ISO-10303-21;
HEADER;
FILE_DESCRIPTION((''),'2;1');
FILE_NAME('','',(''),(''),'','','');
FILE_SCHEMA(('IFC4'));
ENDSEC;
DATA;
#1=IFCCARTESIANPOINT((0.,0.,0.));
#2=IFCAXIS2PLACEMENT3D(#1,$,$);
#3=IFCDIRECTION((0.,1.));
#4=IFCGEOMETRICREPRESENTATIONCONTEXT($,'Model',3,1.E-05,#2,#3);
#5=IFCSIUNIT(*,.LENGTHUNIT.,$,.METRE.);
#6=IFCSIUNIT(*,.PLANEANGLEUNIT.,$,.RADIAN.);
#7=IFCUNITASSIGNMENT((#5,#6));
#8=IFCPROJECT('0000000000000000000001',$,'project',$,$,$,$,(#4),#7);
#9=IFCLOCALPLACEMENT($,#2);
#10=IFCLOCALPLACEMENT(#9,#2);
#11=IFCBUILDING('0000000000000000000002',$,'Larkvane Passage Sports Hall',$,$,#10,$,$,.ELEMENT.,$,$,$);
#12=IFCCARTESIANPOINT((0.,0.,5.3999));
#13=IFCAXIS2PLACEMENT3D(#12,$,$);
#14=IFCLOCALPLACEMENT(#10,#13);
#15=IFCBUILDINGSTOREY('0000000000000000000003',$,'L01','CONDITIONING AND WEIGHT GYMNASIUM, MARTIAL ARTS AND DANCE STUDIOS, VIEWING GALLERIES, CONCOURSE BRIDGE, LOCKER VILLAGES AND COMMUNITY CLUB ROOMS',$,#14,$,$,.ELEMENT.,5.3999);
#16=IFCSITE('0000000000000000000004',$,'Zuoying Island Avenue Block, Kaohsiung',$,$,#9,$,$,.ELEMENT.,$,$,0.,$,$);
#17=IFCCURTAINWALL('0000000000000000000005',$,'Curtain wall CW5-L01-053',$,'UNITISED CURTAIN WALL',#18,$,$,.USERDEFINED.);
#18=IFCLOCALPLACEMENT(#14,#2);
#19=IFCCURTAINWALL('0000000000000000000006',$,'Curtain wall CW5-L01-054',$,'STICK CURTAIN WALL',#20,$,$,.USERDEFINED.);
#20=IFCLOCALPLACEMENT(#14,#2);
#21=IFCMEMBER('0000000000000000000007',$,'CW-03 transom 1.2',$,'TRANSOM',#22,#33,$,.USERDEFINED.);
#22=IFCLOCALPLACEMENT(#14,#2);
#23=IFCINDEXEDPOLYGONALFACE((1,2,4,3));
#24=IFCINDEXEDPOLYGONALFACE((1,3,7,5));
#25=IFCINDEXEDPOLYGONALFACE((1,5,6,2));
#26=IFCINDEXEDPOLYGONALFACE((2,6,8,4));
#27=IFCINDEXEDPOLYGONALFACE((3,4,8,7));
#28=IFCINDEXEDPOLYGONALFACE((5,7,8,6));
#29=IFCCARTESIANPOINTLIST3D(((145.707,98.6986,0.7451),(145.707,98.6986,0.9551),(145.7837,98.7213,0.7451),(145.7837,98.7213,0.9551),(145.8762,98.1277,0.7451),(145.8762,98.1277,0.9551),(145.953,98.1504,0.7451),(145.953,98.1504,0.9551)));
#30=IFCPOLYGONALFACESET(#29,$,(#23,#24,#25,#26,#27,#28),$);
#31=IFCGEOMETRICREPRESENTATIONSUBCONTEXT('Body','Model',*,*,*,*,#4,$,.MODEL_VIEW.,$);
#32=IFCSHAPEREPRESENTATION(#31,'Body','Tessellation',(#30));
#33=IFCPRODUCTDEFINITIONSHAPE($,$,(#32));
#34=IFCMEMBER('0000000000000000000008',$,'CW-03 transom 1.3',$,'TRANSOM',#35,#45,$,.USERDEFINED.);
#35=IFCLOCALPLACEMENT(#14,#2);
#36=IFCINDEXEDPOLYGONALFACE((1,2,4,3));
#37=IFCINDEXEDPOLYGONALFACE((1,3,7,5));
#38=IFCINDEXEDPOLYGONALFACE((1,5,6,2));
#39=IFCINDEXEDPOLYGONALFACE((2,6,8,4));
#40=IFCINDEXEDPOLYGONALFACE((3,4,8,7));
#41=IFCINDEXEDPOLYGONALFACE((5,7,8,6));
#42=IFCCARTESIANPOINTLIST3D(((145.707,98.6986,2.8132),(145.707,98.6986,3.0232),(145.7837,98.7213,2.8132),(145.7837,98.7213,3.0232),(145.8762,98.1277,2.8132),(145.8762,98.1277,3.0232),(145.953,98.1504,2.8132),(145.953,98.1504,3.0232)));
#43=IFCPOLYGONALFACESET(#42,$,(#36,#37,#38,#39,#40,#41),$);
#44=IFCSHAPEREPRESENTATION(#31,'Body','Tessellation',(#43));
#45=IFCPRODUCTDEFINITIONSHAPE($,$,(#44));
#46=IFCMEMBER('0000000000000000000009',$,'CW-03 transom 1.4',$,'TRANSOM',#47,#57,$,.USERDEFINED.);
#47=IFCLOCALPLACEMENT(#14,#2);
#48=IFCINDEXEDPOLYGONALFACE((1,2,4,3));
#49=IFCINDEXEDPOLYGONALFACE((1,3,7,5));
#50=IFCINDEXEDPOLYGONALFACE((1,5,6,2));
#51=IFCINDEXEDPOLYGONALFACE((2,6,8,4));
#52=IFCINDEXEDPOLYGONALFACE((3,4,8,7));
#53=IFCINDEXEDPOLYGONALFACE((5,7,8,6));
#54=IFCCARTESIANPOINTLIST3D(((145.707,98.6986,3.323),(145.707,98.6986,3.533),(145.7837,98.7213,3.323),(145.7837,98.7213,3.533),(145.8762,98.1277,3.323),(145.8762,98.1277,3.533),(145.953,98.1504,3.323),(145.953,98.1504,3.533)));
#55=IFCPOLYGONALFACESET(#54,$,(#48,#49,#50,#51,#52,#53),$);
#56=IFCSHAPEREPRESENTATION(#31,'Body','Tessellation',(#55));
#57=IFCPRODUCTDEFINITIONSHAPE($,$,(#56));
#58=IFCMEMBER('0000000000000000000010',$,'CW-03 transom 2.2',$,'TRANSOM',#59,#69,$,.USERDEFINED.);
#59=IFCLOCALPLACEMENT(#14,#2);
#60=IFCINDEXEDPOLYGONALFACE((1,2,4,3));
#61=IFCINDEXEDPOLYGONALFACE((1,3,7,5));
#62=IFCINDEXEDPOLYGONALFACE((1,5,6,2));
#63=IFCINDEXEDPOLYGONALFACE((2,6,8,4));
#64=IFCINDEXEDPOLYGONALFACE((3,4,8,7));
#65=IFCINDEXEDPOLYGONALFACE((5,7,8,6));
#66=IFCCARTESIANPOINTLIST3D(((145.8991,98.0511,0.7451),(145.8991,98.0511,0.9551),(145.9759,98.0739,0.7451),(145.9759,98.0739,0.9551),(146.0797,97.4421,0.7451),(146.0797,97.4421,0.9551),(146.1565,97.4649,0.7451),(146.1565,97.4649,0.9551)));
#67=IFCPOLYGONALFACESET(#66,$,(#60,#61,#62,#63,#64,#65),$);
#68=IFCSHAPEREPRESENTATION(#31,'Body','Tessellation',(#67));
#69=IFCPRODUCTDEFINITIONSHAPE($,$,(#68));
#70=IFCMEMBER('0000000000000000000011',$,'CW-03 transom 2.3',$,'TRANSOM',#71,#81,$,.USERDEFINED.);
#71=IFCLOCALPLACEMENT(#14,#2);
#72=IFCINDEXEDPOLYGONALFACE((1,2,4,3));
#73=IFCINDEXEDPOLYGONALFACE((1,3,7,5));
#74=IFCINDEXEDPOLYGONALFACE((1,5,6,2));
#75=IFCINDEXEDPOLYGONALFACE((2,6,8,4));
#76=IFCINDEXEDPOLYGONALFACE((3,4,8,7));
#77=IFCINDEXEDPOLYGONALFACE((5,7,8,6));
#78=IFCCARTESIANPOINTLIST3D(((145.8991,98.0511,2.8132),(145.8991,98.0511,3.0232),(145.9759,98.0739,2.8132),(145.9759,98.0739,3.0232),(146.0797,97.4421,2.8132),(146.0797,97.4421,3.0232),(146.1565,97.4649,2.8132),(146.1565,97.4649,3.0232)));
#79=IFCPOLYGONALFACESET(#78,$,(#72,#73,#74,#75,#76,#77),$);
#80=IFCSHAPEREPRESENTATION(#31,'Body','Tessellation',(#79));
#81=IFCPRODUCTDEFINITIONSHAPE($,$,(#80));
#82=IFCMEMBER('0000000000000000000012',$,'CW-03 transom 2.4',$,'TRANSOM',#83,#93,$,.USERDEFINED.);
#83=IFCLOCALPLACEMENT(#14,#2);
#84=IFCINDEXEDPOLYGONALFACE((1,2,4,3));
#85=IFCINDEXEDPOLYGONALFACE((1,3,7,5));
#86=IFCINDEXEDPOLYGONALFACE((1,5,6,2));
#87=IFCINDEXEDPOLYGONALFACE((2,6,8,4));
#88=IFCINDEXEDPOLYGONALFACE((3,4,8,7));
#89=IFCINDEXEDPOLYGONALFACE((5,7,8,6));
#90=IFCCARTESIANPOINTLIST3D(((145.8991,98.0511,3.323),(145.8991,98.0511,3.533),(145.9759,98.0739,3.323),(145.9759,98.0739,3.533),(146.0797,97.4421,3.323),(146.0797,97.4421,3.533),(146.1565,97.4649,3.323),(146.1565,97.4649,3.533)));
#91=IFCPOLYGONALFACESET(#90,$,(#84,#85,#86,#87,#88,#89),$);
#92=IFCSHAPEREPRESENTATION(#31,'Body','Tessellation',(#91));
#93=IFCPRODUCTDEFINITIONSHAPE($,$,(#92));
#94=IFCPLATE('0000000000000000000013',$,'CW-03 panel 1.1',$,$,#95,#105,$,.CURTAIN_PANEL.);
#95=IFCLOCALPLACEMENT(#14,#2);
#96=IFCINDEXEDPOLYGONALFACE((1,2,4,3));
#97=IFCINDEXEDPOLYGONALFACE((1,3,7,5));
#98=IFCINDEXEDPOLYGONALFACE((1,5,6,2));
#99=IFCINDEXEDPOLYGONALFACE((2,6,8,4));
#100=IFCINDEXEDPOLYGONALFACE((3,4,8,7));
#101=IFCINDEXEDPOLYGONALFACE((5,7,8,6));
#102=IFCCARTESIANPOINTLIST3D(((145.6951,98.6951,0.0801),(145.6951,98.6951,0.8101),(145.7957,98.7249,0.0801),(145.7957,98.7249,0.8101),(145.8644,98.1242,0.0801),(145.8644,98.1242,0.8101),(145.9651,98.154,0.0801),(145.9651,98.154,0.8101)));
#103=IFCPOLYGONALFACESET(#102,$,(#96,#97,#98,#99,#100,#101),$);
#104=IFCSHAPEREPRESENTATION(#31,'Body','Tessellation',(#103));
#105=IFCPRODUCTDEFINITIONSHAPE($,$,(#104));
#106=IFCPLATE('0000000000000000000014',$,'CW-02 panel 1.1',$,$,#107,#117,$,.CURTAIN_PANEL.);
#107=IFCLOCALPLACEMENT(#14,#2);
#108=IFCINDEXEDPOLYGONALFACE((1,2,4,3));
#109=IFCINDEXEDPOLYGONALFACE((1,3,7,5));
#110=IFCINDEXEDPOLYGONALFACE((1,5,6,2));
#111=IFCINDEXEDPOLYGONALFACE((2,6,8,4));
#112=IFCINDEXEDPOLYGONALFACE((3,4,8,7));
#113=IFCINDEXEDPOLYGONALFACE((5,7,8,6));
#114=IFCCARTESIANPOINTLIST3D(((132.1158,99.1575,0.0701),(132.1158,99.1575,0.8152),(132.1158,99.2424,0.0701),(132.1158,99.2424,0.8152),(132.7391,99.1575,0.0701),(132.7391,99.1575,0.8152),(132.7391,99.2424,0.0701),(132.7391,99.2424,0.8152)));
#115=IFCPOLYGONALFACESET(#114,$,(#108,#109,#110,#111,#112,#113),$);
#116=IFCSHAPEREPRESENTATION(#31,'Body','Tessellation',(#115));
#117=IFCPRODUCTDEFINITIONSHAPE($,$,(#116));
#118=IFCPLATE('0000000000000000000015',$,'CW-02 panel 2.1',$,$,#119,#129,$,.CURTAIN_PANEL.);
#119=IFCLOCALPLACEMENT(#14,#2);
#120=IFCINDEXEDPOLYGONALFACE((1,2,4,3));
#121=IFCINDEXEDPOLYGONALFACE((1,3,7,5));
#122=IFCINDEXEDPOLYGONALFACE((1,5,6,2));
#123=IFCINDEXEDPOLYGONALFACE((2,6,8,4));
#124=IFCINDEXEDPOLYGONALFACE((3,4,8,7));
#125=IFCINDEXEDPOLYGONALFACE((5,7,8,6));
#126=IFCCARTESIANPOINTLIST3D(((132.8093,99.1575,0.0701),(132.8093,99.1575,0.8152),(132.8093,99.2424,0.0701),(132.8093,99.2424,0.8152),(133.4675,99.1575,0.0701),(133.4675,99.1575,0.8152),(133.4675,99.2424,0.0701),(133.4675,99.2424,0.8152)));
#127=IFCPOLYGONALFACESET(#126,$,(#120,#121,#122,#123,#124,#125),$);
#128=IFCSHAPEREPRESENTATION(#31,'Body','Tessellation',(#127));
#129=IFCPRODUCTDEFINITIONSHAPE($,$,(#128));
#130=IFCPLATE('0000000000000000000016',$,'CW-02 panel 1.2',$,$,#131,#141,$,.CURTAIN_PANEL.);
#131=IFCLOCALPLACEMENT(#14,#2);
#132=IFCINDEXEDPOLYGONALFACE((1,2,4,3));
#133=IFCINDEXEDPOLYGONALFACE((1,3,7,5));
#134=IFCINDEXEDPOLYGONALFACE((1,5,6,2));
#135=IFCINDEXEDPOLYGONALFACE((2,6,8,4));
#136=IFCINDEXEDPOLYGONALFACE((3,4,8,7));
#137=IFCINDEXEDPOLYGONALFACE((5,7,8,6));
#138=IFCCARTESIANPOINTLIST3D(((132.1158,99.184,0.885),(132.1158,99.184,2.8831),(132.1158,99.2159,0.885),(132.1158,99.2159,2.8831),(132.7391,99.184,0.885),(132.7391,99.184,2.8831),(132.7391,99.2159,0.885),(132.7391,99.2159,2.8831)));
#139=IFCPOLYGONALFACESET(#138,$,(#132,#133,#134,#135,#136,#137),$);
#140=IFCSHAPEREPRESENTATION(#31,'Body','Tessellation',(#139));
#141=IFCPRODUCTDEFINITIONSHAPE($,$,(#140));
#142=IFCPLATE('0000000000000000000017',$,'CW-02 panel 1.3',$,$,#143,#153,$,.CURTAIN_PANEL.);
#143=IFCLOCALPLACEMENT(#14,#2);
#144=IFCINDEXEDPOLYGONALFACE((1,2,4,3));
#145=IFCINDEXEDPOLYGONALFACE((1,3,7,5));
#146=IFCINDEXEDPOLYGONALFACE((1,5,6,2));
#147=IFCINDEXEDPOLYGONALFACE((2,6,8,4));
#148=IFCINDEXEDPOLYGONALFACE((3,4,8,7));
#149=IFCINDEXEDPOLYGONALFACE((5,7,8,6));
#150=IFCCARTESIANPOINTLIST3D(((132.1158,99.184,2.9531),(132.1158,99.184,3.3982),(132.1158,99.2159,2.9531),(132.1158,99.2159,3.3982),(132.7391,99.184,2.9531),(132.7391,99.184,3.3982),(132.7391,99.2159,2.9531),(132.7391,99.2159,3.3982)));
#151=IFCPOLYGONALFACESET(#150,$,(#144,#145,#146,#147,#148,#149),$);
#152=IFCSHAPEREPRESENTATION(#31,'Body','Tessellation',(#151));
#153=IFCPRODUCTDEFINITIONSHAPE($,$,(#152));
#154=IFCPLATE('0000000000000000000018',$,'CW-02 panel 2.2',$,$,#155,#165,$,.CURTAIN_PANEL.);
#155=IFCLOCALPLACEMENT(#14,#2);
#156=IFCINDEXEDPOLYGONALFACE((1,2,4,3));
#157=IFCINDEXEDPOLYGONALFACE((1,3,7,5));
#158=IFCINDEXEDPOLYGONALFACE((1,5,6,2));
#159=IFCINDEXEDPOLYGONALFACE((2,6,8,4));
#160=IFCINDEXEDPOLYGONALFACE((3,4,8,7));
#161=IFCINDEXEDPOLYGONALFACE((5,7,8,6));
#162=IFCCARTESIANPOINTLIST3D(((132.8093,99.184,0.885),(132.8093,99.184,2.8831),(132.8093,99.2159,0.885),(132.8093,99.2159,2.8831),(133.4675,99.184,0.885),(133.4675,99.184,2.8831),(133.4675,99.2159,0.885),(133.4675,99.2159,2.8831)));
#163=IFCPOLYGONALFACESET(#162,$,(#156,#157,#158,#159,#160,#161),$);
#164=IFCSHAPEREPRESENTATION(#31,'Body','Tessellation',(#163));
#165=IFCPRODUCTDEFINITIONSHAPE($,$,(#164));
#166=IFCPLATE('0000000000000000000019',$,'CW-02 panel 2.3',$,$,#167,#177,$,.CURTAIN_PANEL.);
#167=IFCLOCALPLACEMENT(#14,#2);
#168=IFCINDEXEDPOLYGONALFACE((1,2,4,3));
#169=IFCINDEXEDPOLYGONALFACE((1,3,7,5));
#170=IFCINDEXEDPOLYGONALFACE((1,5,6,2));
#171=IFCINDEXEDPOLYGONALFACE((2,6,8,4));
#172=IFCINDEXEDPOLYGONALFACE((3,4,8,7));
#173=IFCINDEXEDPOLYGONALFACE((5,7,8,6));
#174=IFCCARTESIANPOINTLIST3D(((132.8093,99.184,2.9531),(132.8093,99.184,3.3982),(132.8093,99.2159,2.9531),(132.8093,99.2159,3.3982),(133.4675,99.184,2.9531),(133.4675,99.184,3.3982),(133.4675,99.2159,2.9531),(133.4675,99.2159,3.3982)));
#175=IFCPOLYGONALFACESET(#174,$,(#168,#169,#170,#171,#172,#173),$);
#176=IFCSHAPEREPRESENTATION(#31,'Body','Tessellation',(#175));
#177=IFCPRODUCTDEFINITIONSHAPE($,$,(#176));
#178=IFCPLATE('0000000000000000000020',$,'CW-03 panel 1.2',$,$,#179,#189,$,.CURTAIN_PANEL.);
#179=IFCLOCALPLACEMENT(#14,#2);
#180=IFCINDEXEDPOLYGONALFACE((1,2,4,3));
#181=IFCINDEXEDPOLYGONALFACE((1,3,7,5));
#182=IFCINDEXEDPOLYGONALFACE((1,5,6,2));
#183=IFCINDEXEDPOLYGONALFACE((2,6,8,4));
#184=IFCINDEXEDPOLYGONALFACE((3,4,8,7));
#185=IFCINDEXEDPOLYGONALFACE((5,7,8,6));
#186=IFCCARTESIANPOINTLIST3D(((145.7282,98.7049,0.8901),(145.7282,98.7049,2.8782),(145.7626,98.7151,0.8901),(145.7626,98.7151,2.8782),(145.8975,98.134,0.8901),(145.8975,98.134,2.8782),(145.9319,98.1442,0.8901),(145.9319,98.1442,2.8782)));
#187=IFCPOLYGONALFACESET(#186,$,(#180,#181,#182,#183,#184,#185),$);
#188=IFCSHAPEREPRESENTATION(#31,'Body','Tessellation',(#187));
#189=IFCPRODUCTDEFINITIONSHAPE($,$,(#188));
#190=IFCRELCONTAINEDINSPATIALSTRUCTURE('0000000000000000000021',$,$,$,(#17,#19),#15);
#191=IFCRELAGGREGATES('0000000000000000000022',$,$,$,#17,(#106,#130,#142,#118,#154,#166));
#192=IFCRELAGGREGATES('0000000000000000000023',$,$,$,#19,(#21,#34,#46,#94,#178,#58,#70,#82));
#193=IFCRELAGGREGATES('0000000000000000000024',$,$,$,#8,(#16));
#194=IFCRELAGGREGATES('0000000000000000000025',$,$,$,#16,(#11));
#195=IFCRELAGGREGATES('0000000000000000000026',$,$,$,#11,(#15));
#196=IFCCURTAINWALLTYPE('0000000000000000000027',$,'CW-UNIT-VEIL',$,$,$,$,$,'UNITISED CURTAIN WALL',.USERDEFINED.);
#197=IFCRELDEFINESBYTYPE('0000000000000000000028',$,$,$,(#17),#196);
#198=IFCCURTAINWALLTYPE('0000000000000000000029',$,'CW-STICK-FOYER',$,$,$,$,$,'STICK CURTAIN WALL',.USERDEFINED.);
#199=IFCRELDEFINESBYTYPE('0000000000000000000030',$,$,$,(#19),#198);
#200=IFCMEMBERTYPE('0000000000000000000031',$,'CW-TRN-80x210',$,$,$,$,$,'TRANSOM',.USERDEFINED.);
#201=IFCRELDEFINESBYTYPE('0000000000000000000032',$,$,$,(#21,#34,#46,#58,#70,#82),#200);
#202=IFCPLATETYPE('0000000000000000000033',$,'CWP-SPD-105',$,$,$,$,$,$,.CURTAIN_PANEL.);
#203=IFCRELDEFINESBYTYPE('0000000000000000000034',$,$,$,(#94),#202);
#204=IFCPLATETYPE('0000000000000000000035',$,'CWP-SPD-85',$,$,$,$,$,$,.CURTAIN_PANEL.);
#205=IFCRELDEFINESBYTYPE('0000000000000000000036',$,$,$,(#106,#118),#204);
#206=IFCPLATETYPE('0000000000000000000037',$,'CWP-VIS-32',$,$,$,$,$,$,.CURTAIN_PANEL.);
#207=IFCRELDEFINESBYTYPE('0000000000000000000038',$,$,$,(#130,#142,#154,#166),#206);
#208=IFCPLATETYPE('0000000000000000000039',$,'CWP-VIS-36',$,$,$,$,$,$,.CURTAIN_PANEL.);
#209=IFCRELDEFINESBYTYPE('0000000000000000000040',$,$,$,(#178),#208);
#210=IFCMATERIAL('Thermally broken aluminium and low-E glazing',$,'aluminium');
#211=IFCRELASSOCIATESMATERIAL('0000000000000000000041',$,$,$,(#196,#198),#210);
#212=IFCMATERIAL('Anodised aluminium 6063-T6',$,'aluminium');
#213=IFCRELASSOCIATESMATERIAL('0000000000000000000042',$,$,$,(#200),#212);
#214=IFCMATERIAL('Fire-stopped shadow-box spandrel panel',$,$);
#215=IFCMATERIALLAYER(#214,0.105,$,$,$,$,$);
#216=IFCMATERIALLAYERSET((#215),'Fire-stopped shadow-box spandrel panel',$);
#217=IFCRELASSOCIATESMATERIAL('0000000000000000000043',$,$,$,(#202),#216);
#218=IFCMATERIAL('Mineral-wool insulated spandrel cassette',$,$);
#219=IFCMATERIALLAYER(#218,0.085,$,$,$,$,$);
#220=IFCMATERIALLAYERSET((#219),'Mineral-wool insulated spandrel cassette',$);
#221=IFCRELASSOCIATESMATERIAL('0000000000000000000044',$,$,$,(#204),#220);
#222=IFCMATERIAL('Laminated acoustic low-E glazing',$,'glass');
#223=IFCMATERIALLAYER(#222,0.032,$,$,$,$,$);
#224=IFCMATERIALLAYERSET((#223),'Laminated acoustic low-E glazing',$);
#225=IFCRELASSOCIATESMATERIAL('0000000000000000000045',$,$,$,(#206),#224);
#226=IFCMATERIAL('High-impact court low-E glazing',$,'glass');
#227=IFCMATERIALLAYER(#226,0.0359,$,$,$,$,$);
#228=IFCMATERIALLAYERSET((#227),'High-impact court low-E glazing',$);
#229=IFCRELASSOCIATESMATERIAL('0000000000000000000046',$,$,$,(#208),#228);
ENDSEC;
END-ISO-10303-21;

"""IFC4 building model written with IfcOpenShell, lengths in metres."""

from ifc_helpers import new_model, si_unit, direction, frame, origin, origin_2d, place, context, subcontext, project, spatial, rectangle, extrude, material, layer, layer_set, material_profile, profile_set, type_object, element, aggregate, save


model = new_model("IFC4")

# Units and contexts
model_context = context("Model", 3, precision=1e-05, world=origin(), true_north=direction((0.0, 1.0)))
body_context = subcontext(model_context, "Body", "Model", "MODEL_VIEW")
ifc_project = project(units=[si_unit("LENGTHUNIT", "METRE"), si_unit("PLANEANGLEUNIT", "RADIAN")], contexts=[model_context])

# Site, building, storey
site_placement = place(None, origin())
site = spatial("IfcSite", under=ifc_project, at=site_placement, Name="Zuoying Island Avenue Block, Kaohsiung", CompositionType="ELEMENT", RefElevation=0.0)
building_placement = place(site_placement, origin())
building = spatial("IfcBuilding", under=site, at=building_placement, Name="Larkvane Passage Sports Hall", CompositionType="ELEMENT")
storey_placement = place(building_placement, frame((0.0, 0.0, 5.3999)))
storey = spatial("IfcBuildingStorey", under=building, at=storey_placement, Name="L01", Description="CONDITIONING AND WEIGHT GYMNASIUM, MARTIAL ARTS AND DANCE STUDIOS, VIEWING GALLERIES, CONCOURSE BRIDGE, LOCKER VILLAGES AND COMMUNITY CLUB ROOMS", CompositionType="ELEMENT", Elevation=5.3999)

# Curtain walls
ifc_material_1 = material(Name="Thermally broken aluminium and low-E glazing", Category="aluminium")
curtain_wall_type_1 = type_object("IfcCurtainWallType", Name="CW-UNIT-VEIL", ElementType="UNITISED CURTAIN WALL", PredefinedType="USERDEFINED", material=ifc_material_1)
curtain_wall_1_placement = place(storey_placement, origin())
curtain_wall_1 = element("IfcCurtainWall", 1, at=curtain_wall_1_placement, inside=storey, type_object=curtain_wall_type_1, Name="Curtain wall CW5-L01-053", ObjectType="UNITISED CURTAIN WALL", PredefinedType="USERDEFINED")
ifc_material_2 = material(Name="Anodised aluminium 6063-T6", Category="aluminium")
curtain_wall_type_2 = type_object("IfcCurtainWallType", Name="CW-STICK-FOYER", ElementType="STICK CURTAIN WALL", PredefinedType="USERDEFINED", material=ifc_material_1)
curtain_wall_2_placement = place(storey_placement, origin())
curtain_wall_2 = element("IfcCurtainWall", 2, at=curtain_wall_2_placement, inside=storey, type_object=curtain_wall_type_2, Name="Curtain wall CW5-L01-054", ObjectType="STICK CURTAIN WALL", PredefinedType="USERDEFINED")

# Members
ifc_material_profile_1 = material_profile(ifc_material_2, rectangle(XDim=0.0801, YDim=0.21, at=origin_2d()), Name="ALU-TRN-80x210")
ifc_profile_set_1 = profile_set([ifc_material_profile_1], Name="Anodised aluminium 6063-T6")
member_type_1 = type_object("IfcMemberType", Name="CW-TRN-80x210", ElementType="TRANSOM", PredefinedType="USERDEFINED", material=ifc_profile_set_1)
member_1_placement = place(storey_placement, frame((145.7454, 98.71, 0.8501), z_axis=(0.284186, -0.958769, 0.0), x_axis=(0.958769, 0.284186, 0.0)))
member_1 = element("IfcMember", 3, at=member_1_placement, type_object=member_type_1, Name="CW-03 transom 1.2", ObjectType="TRANSOM", PredefinedType="USERDEFINED", context=body_context, shape_type="SweptSolid", body=[
    extrude(rectangle(XDim=0.0801, YDim=0.21, at=origin_2d()), origin(), (0.0, 0.0, 1.0), 0.5955),
])
member_2_placement = place(storey_placement, frame((145.7454, 98.71, 2.9182), z_axis=(0.284186, -0.958769, 0.0), x_axis=(0.958769, 0.284186, 0.0)))
member_2 = element("IfcMember", 4, at=member_2_placement, type_object=member_type_1, Name="CW-03 transom 1.3", ObjectType="TRANSOM", PredefinedType="USERDEFINED", context=body_context, shape_type="SweptSolid", body=[
    extrude(rectangle(XDim=0.0801, YDim=0.21, at=origin_2d()), origin(), (0.0, 0.0, 1.0), 0.5955),
])
member_3_placement = place(storey_placement, frame((145.7454, 98.71, 3.428), z_axis=(0.284186, -0.958769, 0.0), x_axis=(0.958769, 0.284186, 0.0)))
member_3 = element("IfcMember", 5, at=member_3_placement, type_object=member_type_1, Name="CW-03 transom 1.4", ObjectType="TRANSOM", PredefinedType="USERDEFINED", context=body_context, shape_type="SweptSolid", body=[
    extrude(rectangle(XDim=0.0801, YDim=0.21, at=origin_2d()), origin(), (0.0, 0.0, 1.0), 0.5955),
])
member_4_placement = place(storey_placement, frame((145.9375, 98.0625, 0.8501), z_axis=(0.28435, -0.958721, 0.0), x_axis=(0.958721, 0.28435, 0.0)))
member_4 = element("IfcMember", 6, at=member_4_placement, type_object=member_type_1, Name="CW-03 transom 2.2", ObjectType="TRANSOM", PredefinedType="USERDEFINED", context=body_context, shape_type="SweptSolid", body=[
    extrude(rectangle(XDim=0.0801, YDim=0.21, at=origin_2d()), origin(), (0.0, 0.0, 1.0), 0.6353),
])
member_5_placement = place(storey_placement, frame((145.9375, 98.0625, 2.9182), z_axis=(0.28435, -0.958721, 0.0), x_axis=(0.958721, 0.28435, 0.0)))
member_5 = element("IfcMember", 7, at=member_5_placement, type_object=member_type_1, Name="CW-03 transom 2.3", ObjectType="TRANSOM", PredefinedType="USERDEFINED", context=body_context, shape_type="SweptSolid", body=[
    extrude(rectangle(XDim=0.0801, YDim=0.21, at=origin_2d()), origin(), (0.0, 0.0, 1.0), 0.6353),
])
member_6_placement = place(storey_placement, frame((145.9375, 98.0625, 3.428), z_axis=(0.28435, -0.958721, 0.0), x_axis=(0.958721, 0.28435, 0.0)))
member_6 = element("IfcMember", 8, at=member_6_placement, type_object=member_type_1, Name="CW-03 transom 2.4", ObjectType="TRANSOM", PredefinedType="USERDEFINED", context=body_context, shape_type="SweptSolid", body=[
    extrude(rectangle(XDim=0.0801, YDim=0.21, at=origin_2d()), origin(), (0.0, 0.0, 1.0), 0.6353),
])

# Plates
ifc_material_3 = material(Name="Fire-stopped shadow-box spandrel panel")
ifc_layer_1 = layer(ifc_material_3, 0.105)
ifc_layer_set_1 = layer_set([ifc_layer_1], Name="Fire-stopped shadow-box spandrel panel")
plate_type_1 = type_object("IfcPlateType", Name="CWP-SPD-105", PredefinedType="CURTAIN_PANEL", material=ifc_layer_set_1)
plate_1_placement = place(storey_placement, frame((145.8301, 98.4246, 0.0801), z_axis=(0.0, 0.0, 1.0), x_axis=(0.284363, -0.958717, 0.0)))
plate_1 = element("IfcPlate", 9, at=plate_1_placement, type_object=plate_type_1, Name="CW-03 panel 1.1", PredefinedType="CURTAIN_PANEL", context=body_context, shape_type="SweptSolid", body=[
    extrude(rectangle(XDim=0.5955, YDim=0.105, at=origin_2d()), origin(), (0.0, 0.0, 1.0), 0.73),
])
ifc_material_4 = material(Name="Mineral-wool insulated spandrel cassette")
ifc_layer_2 = layer(ifc_material_4, 0.085)
ifc_layer_set_2 = layer_set([ifc_layer_2], Name="Mineral-wool insulated spandrel cassette")
plate_type_2 = type_object("IfcPlateType", Name="CWP-SPD-85", PredefinedType="CURTAIN_PANEL", material=ifc_layer_set_2)
plate_2_placement = place(storey_placement, frame((132.4275, 99.2, 0.0701), z_axis=(0.0, 0.0, 1.0), x_axis=(1.0, 0.0, 0.0)))
plate_2 = element("IfcPlate", 10, at=plate_2_placement, type_object=plate_type_2, Name="CW-02 panel 1.1", PredefinedType="CURTAIN_PANEL", context=body_context, shape_type="SweptSolid", body=[
    extrude(rectangle(XDim=0.6233, YDim=0.085, at=origin_2d()), origin(), (0.0, 0.0, 1.0), 0.7451),
])
plate_3_placement = place(storey_placement, frame((133.1384, 99.2, 0.0701), z_axis=(0.0, 0.0, 1.0), x_axis=(1.0, 0.0, 0.0)))
plate_3 = element("IfcPlate", 11, at=plate_3_placement, type_object=plate_type_2, Name="CW-02 panel 2.1", PredefinedType="CURTAIN_PANEL", context=body_context, shape_type="SweptSolid", body=[
    extrude(rectangle(XDim=0.6582, YDim=0.085, at=origin_2d()), origin(), (0.0, 0.0, 1.0), 0.7451),
])
ifc_material_5 = material(Name="Laminated acoustic low-E glazing", Category="glass")
ifc_layer_3 = layer(ifc_material_5, 0.032)
ifc_layer_set_3 = layer_set([ifc_layer_3], Name="Laminated acoustic low-E glazing")
plate_type_3 = type_object("IfcPlateType", Name="CWP-VIS-32", PredefinedType="CURTAIN_PANEL", material=ifc_layer_set_3)
plate_4_placement = place(storey_placement, frame((132.4275, 99.2, 0.885), z_axis=(0.0, 0.0, 1.0), x_axis=(1.0, 0.0, 0.0)))
plate_4 = element("IfcPlate", 12, at=plate_4_placement, type_object=plate_type_3, Name="CW-02 panel 1.2", PredefinedType="CURTAIN_PANEL", context=body_context, shape_type="SweptSolid", body=[
    extrude(rectangle(XDim=0.6233, YDim=0.032, at=origin_2d()), origin(), (0.0, 0.0, 1.0), 1.998),
])
plate_5_placement = place(storey_placement, frame((132.4275, 99.2, 2.9531), z_axis=(0.0, 0.0, 1.0), x_axis=(1.0, 0.0, 0.0)))
plate_5 = element("IfcPlate", 13, at=plate_5_placement, type_object=plate_type_3, Name="CW-02 panel 1.3", PredefinedType="CURTAIN_PANEL", context=body_context, shape_type="SweptSolid", body=[
    extrude(rectangle(XDim=0.6233, YDim=0.032, at=origin_2d()), origin(), (0.0, 0.0, 1.0), 0.4451),
])
plate_6_placement = place(storey_placement, frame((133.1384, 99.2, 0.885), z_axis=(0.0, 0.0, 1.0), x_axis=(1.0, 0.0, 0.0)))
plate_6 = element("IfcPlate", 14, at=plate_6_placement, type_object=plate_type_3, Name="CW-02 panel 2.2", PredefinedType="CURTAIN_PANEL", context=body_context, shape_type="SweptSolid", body=[
    extrude(rectangle(XDim=0.6582, YDim=0.032, at=origin_2d()), origin(), (0.0, 0.0, 1.0), 1.998),
])
plate_7_placement = place(storey_placement, frame((133.1384, 99.2, 2.9531), z_axis=(0.0, 0.0, 1.0), x_axis=(1.0, 0.0, 0.0)))
plate_7 = element("IfcPlate", 15, at=plate_7_placement, type_object=plate_type_3, Name="CW-02 panel 2.3", PredefinedType="CURTAIN_PANEL", context=body_context, shape_type="SweptSolid", body=[
    extrude(rectangle(XDim=0.6582, YDim=0.032, at=origin_2d()), origin(), (0.0, 0.0, 1.0), 0.4451),
])
aggregate(curtain_wall_1, [plate_2, plate_4, plate_5, plate_3, plate_6, plate_7])
ifc_material_6 = material(Name="High-impact court low-E glazing", Category="glass")
ifc_layer_4 = layer(ifc_material_6, 0.0359)
ifc_layer_set_4 = layer_set([ifc_layer_4], Name="High-impact court low-E glazing")
plate_type_4 = type_object("IfcPlateType", Name="CWP-VIS-36", PredefinedType="CURTAIN_PANEL", material=ifc_layer_set_4)
plate_8_placement = place(storey_placement, frame((145.8301, 98.4246, 0.8901), z_axis=(0.0, 0.0, 1.0), x_axis=(0.284363, -0.958717, 0.0)))
plate_8 = element("IfcPlate", 16, at=plate_8_placement, type_object=plate_type_4, Name="CW-03 panel 1.2", PredefinedType="CURTAIN_PANEL", context=body_context, shape_type="SweptSolid", body=[
    extrude(rectangle(XDim=0.5955, YDim=0.0359, at=origin_2d()), origin(), (0.0, 0.0, 1.0), 1.988),
])
aggregate(curtain_wall_2, [member_1, member_2, member_3, plate_1, plate_8, member_4, member_5, member_6])

save(model, "model.ifc")
